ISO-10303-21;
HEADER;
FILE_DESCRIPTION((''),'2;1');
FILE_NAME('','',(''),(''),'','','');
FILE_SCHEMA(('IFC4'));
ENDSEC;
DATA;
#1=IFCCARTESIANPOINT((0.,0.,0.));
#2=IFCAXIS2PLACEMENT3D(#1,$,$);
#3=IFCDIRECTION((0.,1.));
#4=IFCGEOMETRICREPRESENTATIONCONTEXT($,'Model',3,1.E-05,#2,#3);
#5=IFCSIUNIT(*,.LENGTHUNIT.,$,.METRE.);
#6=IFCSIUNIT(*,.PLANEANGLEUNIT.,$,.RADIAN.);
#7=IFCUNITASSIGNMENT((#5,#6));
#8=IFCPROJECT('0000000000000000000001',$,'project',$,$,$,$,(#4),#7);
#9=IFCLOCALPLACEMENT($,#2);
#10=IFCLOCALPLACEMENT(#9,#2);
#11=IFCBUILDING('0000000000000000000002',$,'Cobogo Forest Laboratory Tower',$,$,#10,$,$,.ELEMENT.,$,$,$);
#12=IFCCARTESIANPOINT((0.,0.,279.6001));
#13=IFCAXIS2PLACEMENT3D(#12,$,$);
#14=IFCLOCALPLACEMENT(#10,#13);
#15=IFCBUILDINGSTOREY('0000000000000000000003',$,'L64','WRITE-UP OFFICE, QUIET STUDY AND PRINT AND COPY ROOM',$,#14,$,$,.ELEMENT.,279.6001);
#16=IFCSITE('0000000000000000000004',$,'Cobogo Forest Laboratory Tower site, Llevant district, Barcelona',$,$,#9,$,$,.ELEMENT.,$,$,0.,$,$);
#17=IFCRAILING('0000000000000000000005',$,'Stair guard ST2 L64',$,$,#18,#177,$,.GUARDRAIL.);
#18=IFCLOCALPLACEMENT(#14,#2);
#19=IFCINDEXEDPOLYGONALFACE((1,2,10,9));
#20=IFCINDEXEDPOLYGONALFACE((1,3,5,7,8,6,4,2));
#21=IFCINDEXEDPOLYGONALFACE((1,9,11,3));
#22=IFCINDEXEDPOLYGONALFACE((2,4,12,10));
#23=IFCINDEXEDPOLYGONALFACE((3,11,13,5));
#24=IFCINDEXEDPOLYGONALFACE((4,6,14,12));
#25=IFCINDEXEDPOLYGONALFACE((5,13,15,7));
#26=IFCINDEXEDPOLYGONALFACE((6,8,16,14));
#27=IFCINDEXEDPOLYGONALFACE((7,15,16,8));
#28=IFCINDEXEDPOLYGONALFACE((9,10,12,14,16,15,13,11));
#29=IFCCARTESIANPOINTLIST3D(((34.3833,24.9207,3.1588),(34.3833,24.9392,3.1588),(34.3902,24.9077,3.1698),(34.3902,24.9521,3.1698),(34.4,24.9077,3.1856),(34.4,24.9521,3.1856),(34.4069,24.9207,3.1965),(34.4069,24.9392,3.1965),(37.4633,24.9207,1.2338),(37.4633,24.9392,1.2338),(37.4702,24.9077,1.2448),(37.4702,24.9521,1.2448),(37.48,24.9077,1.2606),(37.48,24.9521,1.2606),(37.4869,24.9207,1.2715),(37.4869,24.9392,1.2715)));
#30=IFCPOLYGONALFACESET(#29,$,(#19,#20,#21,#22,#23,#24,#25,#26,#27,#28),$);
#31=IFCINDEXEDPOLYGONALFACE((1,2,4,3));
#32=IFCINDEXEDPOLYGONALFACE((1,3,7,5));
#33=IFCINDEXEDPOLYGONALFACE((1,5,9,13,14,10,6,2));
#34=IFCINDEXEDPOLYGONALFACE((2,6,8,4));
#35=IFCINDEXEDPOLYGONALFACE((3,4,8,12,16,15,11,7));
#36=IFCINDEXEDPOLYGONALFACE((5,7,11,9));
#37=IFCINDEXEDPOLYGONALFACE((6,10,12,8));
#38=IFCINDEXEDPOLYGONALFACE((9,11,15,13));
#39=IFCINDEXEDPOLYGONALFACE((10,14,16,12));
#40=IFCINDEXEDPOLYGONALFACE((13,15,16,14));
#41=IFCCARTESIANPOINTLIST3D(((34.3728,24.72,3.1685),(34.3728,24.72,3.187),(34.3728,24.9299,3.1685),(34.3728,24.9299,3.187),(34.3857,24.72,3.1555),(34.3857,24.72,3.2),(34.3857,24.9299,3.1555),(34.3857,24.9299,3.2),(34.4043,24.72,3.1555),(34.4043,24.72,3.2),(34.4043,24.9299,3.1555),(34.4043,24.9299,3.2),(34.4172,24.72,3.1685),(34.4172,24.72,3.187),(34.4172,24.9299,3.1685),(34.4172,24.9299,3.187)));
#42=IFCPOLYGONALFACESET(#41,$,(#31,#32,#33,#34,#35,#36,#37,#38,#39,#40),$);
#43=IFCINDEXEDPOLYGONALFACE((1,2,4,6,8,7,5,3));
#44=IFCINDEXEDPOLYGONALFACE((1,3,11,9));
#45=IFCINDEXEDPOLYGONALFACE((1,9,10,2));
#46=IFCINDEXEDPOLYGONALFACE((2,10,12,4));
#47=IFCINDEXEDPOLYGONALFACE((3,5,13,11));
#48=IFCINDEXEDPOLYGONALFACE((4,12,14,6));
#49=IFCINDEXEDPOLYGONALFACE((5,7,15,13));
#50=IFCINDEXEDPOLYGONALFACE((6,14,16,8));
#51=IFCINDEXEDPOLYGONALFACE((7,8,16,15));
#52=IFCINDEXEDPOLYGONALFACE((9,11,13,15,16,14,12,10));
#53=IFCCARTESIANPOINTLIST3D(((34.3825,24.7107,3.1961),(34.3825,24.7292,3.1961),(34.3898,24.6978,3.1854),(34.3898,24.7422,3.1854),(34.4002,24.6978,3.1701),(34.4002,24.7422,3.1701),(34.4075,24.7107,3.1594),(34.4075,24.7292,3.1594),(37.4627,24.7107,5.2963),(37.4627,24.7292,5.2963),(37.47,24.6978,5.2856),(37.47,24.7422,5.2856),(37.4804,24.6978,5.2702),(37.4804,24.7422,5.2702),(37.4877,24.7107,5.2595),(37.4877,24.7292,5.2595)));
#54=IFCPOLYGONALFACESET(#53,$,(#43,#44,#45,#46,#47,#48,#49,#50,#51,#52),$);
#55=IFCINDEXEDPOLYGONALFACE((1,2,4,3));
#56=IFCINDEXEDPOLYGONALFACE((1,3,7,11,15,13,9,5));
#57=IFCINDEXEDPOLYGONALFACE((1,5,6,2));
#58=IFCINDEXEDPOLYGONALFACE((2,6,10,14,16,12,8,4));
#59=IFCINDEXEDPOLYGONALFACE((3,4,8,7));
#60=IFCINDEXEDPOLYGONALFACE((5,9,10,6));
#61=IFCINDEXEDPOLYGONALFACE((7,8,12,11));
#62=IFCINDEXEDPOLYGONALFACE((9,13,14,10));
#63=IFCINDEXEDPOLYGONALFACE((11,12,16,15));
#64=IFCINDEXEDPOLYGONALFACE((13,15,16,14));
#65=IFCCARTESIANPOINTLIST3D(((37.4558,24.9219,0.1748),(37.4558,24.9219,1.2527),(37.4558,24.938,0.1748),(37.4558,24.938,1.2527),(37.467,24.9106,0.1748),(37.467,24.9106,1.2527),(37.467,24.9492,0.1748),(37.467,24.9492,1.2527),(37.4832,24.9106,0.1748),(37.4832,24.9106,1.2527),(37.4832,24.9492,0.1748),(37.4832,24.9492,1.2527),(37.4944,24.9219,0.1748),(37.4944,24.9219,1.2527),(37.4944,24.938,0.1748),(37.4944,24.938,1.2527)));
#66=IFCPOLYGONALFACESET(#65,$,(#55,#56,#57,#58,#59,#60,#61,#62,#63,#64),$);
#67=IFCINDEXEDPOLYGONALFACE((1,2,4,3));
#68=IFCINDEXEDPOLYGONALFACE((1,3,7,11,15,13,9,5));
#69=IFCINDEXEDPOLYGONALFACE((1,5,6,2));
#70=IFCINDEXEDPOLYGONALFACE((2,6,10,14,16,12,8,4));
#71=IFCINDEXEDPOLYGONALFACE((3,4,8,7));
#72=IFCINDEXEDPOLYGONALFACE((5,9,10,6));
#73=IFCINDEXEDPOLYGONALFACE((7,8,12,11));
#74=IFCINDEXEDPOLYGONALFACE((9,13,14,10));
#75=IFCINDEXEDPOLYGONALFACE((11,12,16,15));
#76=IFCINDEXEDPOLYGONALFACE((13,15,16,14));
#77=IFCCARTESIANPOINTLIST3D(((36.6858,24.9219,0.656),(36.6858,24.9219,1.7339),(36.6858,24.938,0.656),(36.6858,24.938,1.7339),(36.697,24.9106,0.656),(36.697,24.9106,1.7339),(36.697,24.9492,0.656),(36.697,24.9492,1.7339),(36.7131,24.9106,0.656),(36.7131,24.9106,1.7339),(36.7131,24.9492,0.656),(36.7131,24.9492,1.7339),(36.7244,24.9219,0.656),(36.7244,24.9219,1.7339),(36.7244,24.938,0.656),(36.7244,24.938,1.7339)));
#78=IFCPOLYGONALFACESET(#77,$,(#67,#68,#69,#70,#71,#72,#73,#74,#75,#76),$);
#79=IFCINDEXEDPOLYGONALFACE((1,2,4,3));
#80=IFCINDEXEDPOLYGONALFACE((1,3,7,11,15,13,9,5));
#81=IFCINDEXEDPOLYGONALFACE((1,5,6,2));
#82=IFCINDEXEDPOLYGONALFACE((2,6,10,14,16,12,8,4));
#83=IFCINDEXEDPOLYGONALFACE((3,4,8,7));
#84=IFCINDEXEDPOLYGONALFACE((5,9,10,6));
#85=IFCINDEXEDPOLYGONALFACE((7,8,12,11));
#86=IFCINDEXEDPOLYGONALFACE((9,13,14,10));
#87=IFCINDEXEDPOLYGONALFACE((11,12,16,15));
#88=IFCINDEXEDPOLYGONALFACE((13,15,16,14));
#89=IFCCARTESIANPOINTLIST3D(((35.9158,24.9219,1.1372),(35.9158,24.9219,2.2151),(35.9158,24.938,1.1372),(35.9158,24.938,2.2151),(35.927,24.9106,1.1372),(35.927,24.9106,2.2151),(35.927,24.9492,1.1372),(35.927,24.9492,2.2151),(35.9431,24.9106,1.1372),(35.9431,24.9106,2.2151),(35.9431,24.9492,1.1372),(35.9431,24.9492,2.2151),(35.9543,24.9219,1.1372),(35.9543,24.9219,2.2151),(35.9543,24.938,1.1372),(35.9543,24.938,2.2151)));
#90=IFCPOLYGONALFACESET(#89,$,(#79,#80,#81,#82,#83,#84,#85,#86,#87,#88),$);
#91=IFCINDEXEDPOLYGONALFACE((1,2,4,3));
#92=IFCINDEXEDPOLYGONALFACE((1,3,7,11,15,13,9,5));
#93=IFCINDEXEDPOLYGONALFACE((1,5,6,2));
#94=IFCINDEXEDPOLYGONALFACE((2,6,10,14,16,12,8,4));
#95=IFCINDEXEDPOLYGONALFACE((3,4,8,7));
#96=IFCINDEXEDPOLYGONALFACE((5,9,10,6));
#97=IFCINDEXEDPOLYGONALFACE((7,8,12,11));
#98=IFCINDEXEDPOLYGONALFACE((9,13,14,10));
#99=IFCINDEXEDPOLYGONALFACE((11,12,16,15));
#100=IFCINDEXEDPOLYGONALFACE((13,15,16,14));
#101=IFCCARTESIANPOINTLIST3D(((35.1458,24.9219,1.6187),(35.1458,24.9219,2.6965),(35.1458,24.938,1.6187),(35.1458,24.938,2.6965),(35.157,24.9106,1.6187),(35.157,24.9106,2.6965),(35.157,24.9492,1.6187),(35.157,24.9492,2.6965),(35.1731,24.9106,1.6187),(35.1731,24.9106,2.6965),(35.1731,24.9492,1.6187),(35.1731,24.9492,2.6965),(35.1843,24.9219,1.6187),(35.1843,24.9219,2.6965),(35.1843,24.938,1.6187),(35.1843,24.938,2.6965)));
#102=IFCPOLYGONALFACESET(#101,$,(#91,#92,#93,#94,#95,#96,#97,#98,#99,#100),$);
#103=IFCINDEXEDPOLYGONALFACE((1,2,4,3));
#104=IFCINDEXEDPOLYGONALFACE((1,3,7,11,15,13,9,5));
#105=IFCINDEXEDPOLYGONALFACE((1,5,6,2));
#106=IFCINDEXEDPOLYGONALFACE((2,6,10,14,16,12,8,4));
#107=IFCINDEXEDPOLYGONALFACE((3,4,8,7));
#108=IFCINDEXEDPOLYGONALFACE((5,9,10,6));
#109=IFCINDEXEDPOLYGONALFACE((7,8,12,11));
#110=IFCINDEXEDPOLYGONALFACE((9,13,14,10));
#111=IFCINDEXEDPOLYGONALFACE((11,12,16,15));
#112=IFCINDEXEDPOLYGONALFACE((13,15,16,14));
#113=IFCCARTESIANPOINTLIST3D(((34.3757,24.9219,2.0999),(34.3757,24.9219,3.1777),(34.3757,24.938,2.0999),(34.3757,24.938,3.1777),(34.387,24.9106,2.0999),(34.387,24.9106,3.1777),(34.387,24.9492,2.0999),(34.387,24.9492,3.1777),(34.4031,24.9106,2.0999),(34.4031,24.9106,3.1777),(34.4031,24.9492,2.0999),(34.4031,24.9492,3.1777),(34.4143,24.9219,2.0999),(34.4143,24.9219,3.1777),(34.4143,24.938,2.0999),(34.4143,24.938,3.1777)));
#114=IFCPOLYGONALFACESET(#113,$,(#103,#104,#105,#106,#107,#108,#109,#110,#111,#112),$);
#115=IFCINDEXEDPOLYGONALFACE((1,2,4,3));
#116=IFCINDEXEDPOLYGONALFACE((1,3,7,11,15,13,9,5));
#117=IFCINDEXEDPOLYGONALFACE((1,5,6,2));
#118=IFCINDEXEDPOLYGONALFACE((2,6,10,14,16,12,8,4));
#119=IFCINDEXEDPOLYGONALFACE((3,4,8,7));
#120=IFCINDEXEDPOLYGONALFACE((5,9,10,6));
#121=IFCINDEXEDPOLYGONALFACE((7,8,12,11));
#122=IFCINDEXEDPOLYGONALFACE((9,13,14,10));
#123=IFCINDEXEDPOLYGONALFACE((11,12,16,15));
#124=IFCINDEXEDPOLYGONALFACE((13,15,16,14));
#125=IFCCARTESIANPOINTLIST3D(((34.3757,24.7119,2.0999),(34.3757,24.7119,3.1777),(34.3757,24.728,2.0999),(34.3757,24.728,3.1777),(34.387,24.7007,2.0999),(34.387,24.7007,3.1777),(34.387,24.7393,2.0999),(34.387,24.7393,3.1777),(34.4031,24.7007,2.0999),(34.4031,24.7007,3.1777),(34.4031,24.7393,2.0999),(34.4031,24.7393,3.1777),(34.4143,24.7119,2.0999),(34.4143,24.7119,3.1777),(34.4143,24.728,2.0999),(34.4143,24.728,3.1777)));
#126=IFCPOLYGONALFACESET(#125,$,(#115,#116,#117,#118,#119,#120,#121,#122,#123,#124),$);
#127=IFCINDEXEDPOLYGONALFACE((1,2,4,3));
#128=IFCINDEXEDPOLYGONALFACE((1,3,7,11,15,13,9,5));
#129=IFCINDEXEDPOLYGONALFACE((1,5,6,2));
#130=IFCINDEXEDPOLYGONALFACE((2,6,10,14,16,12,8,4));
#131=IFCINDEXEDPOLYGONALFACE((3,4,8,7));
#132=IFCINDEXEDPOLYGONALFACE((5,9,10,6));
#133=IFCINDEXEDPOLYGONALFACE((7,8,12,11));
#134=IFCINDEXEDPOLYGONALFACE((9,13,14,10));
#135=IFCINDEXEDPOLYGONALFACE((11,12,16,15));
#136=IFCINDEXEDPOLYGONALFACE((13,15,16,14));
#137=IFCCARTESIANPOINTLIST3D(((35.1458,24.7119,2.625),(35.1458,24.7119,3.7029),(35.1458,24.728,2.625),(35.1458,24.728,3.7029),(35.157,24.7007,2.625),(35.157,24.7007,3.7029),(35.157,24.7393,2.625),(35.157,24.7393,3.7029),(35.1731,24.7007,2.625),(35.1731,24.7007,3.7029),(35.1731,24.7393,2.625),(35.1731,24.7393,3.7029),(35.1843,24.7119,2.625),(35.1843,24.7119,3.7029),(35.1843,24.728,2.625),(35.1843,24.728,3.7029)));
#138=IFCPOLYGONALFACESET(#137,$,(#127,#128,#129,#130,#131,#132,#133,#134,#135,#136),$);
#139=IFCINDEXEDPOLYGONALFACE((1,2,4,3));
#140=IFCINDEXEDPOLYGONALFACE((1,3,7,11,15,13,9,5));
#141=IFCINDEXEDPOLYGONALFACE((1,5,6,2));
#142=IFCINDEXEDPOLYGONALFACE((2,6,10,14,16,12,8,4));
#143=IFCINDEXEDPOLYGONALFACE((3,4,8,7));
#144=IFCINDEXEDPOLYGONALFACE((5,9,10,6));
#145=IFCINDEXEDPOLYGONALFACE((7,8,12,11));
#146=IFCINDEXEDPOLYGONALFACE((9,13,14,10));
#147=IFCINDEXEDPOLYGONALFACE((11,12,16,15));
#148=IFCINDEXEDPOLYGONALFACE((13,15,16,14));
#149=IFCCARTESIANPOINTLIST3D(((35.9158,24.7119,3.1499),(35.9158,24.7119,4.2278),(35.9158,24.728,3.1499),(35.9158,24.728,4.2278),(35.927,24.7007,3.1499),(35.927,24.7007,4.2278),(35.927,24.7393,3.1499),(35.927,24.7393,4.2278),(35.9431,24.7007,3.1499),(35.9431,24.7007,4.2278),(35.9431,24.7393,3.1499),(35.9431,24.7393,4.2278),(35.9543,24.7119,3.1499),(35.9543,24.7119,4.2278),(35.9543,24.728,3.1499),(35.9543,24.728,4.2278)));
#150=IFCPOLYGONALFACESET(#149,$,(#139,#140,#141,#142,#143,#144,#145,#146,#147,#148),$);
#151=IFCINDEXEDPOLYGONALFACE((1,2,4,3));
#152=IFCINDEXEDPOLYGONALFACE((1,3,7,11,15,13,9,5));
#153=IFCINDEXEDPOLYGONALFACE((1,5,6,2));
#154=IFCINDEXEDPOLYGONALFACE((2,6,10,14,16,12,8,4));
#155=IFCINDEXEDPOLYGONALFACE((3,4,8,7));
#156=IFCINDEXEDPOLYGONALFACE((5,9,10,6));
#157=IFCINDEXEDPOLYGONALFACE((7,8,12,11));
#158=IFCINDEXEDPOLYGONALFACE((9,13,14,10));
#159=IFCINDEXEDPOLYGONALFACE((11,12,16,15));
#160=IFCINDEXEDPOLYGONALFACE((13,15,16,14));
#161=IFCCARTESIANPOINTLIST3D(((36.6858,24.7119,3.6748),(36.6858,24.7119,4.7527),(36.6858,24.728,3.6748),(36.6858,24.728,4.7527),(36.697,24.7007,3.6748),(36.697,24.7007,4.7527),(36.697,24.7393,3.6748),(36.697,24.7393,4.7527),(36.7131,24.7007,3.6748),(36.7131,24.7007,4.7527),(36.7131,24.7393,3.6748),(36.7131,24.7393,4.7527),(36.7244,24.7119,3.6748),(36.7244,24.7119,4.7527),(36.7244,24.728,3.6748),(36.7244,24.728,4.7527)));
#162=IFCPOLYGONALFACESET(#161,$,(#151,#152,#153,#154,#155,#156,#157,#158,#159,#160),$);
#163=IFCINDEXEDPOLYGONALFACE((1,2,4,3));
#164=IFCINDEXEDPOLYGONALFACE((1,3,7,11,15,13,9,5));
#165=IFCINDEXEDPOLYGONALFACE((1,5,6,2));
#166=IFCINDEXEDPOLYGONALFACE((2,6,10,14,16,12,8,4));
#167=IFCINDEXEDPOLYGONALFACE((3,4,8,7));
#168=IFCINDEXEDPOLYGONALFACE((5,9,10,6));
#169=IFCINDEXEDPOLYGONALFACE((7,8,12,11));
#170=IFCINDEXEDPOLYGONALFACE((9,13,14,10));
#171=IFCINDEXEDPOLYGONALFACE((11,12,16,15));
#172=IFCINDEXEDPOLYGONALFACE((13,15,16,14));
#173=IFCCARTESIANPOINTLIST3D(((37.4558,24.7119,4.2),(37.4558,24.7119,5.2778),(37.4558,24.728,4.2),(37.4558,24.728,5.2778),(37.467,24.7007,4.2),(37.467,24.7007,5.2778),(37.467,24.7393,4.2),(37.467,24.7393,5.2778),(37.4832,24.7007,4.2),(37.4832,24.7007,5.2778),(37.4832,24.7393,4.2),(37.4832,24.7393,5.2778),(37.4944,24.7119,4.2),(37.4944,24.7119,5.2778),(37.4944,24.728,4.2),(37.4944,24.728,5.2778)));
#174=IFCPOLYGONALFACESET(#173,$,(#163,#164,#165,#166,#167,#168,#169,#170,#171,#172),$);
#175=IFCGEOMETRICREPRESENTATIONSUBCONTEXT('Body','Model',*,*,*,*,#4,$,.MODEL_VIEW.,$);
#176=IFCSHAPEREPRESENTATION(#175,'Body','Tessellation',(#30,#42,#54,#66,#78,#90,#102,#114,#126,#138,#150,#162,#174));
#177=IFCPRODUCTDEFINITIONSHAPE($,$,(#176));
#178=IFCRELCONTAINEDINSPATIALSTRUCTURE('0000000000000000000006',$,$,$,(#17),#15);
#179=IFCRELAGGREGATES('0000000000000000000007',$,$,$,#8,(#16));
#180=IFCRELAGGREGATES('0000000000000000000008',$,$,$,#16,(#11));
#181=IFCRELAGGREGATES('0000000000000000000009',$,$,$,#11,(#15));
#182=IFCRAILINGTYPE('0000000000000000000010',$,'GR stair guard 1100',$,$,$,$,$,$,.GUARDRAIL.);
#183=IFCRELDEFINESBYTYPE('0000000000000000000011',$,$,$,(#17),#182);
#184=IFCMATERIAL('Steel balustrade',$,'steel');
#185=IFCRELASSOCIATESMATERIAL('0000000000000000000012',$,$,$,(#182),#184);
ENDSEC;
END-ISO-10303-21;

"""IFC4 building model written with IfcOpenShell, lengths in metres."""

from ifc_helpers import new_model, si_unit, direction, frame, origin, place, context, subcontext, project, spatial, polyline, outline, extrude, material, type_object, element, save


model = new_model("IFC4")

# Units and contexts
model_context = context("Model", 3, precision=1e-05, world=origin(), true_north=direction((0.0, 1.0)))
body_context = subcontext(model_context, "Body", "Model", "MODEL_VIEW")
ifc_project = project(units=[si_unit("LENGTHUNIT", "METRE"), si_unit("PLANEANGLEUNIT", "RADIAN")], contexts=[model_context])

# Site, building, storey
site_placement = place(None, origin())
site = spatial("IfcSite", under=ifc_project, at=site_placement, Name="Cobogo Forest Laboratory Tower site, Llevant district, Barcelona", CompositionType="ELEMENT", RefElevation=0.0)
building_placement = place(site_placement, origin())
building = spatial("IfcBuilding", under=site, at=building_placement, Name="Cobogo Forest Laboratory Tower", CompositionType="ELEMENT")
storey_placement = place(building_placement, frame((0.0, 0.0, 279.6001)))
storey = spatial("IfcBuildingStorey", under=building, at=storey_placement, Name="L64", Description="WRITE-UP OFFICE, QUIET STUDY AND PRINT AND COPY ROOM", CompositionType="ELEMENT", Elevation=279.6001)

# Railing
ifc_material_1 = material(Name="Steel balustrade", Category="steel")
railing_type_1 = type_object("IfcRailingType", Name="GR stair guard 1100", PredefinedType="GUARDRAIL", material=ifc_material_1)
railing_1_placement = place(storey_placement, frame((37.4751, 24.9299, 0.1748)))
element("IfcRailing", 1, at=railing_1_placement, inside=storey, type_object=railing_type_1, Name="Stair guard ST2 L64", PredefinedType="GUARDRAIL", context=body_context, shape_type="SweptSolid", body=[
    extrude(outline(polyline([(0.0222, 0.0093), (0.0093, 0.0222), (-0.0093, 0.0222), (-0.0222, 0.0093), (-0.0222, -0.0093), (-0.0093, -0.0222), (0.0093, -0.0222), (0.0222, -0.0093), (0.0222, 0.0093)])), frame((0.0, 0.0, 1.0779), z_axis=(-0.847998, 0.0, 0.529999), x_axis=(0.0, -1.0, 0.0)), (0.0, 0.0, 1.0), 3.6321),
    extrude(outline(polyline([(0.0222, 0.0093), (0.0093, 0.0222), (-0.0093, 0.0222), (-0.0222, 0.0093), (-0.0222, -0.0093), (-0.0093, -0.0222), (0.0093, -0.0222), (0.0222, -0.0093), (0.0222, 0.0093)])), frame((-3.0801, 0.0, 3.0029), z_axis=(0.0, -1.0, 0.0), x_axis=(1.0, 0.0, 0.0)), (0.0, 0.0, 1.0), 0.21),
    extrude(outline(polyline([(0.0222, 0.0093), (0.0093, 0.0222), (-0.0093, 0.0222), (-0.0222, 0.0093), (-0.0222, -0.0093), (-0.0093, -0.0222), (0.0093, -0.0222), (0.0222, -0.0093), (0.0222, 0.0093)])), frame((-3.0801, -0.21, 3.0029), z_axis=(0.826222, 0.0, 0.563345), x_axis=(0.0, 1.0, 0.0)), (0.0, 0.0, 1.0), 3.728),
    extrude(outline(polyline([(0.0193, 0.0081), (0.0081, 0.0193), (-0.0081, 0.0193), (-0.0193, 0.0081), (-0.0193, -0.0081), (-0.0081, -0.0193), (0.0081, -0.0193), (0.0193, -0.0081), (0.0193, 0.0081)])), origin(), (0.0, 0.0, 1.0), 1.0779),
    extrude(outline(polyline([(0.0193, 0.0081), (0.0081, 0.0193), (-0.0081, 0.0193), (-0.0193, 0.0081), (-0.0193, -0.0081), (-0.0081, -0.0193), (0.0081, -0.0193), (0.0193, -0.0081), (0.0193, 0.0081)])), frame((-0.77, 0.0, 0.4812)), (0.0, 0.0, 1.0), 1.0779),
    extrude(outline(polyline([(0.0193, 0.0081), (0.0081, 0.0193), (-0.0081, 0.0193), (-0.0193, 0.0081), (-0.0193, -0.0081), (-0.0081, -0.0193), (0.0081, -0.0193), (0.0193, -0.0081), (0.0193, 0.0081)])), frame((-1.54, 0.0, 0.9624)), (0.0, 0.0, 1.0), 1.0779),
    extrude(outline(polyline([(0.0193, 0.0081), (0.0081, 0.0193), (-0.0081, 0.0193), (-0.0193, 0.0081), (-0.0193, -0.0081), (-0.0081, -0.0193), (0.0081, -0.0193), (0.0193, -0.0081), (0.0193, 0.0081)])), frame((-2.3101, 0.0, 1.4438)), (0.0, 0.0, 1.0), 1.0779),
    extrude(outline(polyline([(0.0193, 0.0081), (0.0081, 0.0193), (-0.0081, 0.0193), (-0.0193, 0.0081), (-0.0193, -0.0081), (-0.0081, -0.0193), (0.0081, -0.0193), (0.0193, -0.0081), (0.0193, 0.0081)])), frame((-3.0801, 0.0, 1.925)), (0.0, 0.0, 1.0), 1.0779),
    extrude(outline(polyline([(0.0193, 0.0081), (0.0081, 0.0193), (-0.0081, 0.0193), (-0.0193, 0.0081), (-0.0193, -0.0081), (-0.0081, -0.0193), (0.0081, -0.0193), (0.0193, -0.0081), (0.0193, 0.0081)])), frame((-3.0801, -0.21, 1.925)), (0.0, 0.0, 1.0), 1.0779),
    extrude(outline(polyline([(0.0193, 0.0081), (0.0081, 0.0193), (-0.0081, 0.0193), (-0.0193, 0.0081), (-0.0193, -0.0081), (-0.0081, -0.0193), (0.0081, -0.0193), (0.0193, -0.0081), (0.0193, 0.0081)])), frame((-2.3101, -0.21, 2.4502)), (0.0, 0.0, 1.0), 1.0779),
    extrude(outline(polyline([(0.0193, 0.0081), (0.0081, 0.0193), (-0.0081, 0.0193), (-0.0193, 0.0081), (-0.0193, -0.0081), (-0.0081, -0.0193), (0.0081, -0.0193), (0.0193, -0.0081), (0.0193, 0.0081)])), frame((-1.54, -0.21, 2.9751)), (0.0, 0.0, 1.0), 1.0779),
    extrude(outline(polyline([(0.0193, 0.0081), (0.0081, 0.0193), (-0.0081, 0.0193), (-0.0193, 0.0081), (-0.0193, -0.0081), (-0.0081, -0.0193), (0.0081, -0.0193), (0.0193, -0.0081), (0.0193, 0.0081)])), frame((-0.77, -0.21, 3.5)), (0.0, 0.0, 1.0), 1.0779),
    extrude(outline(polyline([(0.0193, 0.0081), (0.0081, 0.0193), (-0.0081, 0.0193), (-0.0193, 0.0081), (-0.0193, -0.0081), (-0.0081, -0.0193), (0.0081, -0.0193), (0.0193, -0.0081), (0.0193, 0.0081)])), frame((0.0, -0.21, 4.0251)), (0.0, 0.0, 1.0), 1.0779),
])

save(model, "model.ifc")
